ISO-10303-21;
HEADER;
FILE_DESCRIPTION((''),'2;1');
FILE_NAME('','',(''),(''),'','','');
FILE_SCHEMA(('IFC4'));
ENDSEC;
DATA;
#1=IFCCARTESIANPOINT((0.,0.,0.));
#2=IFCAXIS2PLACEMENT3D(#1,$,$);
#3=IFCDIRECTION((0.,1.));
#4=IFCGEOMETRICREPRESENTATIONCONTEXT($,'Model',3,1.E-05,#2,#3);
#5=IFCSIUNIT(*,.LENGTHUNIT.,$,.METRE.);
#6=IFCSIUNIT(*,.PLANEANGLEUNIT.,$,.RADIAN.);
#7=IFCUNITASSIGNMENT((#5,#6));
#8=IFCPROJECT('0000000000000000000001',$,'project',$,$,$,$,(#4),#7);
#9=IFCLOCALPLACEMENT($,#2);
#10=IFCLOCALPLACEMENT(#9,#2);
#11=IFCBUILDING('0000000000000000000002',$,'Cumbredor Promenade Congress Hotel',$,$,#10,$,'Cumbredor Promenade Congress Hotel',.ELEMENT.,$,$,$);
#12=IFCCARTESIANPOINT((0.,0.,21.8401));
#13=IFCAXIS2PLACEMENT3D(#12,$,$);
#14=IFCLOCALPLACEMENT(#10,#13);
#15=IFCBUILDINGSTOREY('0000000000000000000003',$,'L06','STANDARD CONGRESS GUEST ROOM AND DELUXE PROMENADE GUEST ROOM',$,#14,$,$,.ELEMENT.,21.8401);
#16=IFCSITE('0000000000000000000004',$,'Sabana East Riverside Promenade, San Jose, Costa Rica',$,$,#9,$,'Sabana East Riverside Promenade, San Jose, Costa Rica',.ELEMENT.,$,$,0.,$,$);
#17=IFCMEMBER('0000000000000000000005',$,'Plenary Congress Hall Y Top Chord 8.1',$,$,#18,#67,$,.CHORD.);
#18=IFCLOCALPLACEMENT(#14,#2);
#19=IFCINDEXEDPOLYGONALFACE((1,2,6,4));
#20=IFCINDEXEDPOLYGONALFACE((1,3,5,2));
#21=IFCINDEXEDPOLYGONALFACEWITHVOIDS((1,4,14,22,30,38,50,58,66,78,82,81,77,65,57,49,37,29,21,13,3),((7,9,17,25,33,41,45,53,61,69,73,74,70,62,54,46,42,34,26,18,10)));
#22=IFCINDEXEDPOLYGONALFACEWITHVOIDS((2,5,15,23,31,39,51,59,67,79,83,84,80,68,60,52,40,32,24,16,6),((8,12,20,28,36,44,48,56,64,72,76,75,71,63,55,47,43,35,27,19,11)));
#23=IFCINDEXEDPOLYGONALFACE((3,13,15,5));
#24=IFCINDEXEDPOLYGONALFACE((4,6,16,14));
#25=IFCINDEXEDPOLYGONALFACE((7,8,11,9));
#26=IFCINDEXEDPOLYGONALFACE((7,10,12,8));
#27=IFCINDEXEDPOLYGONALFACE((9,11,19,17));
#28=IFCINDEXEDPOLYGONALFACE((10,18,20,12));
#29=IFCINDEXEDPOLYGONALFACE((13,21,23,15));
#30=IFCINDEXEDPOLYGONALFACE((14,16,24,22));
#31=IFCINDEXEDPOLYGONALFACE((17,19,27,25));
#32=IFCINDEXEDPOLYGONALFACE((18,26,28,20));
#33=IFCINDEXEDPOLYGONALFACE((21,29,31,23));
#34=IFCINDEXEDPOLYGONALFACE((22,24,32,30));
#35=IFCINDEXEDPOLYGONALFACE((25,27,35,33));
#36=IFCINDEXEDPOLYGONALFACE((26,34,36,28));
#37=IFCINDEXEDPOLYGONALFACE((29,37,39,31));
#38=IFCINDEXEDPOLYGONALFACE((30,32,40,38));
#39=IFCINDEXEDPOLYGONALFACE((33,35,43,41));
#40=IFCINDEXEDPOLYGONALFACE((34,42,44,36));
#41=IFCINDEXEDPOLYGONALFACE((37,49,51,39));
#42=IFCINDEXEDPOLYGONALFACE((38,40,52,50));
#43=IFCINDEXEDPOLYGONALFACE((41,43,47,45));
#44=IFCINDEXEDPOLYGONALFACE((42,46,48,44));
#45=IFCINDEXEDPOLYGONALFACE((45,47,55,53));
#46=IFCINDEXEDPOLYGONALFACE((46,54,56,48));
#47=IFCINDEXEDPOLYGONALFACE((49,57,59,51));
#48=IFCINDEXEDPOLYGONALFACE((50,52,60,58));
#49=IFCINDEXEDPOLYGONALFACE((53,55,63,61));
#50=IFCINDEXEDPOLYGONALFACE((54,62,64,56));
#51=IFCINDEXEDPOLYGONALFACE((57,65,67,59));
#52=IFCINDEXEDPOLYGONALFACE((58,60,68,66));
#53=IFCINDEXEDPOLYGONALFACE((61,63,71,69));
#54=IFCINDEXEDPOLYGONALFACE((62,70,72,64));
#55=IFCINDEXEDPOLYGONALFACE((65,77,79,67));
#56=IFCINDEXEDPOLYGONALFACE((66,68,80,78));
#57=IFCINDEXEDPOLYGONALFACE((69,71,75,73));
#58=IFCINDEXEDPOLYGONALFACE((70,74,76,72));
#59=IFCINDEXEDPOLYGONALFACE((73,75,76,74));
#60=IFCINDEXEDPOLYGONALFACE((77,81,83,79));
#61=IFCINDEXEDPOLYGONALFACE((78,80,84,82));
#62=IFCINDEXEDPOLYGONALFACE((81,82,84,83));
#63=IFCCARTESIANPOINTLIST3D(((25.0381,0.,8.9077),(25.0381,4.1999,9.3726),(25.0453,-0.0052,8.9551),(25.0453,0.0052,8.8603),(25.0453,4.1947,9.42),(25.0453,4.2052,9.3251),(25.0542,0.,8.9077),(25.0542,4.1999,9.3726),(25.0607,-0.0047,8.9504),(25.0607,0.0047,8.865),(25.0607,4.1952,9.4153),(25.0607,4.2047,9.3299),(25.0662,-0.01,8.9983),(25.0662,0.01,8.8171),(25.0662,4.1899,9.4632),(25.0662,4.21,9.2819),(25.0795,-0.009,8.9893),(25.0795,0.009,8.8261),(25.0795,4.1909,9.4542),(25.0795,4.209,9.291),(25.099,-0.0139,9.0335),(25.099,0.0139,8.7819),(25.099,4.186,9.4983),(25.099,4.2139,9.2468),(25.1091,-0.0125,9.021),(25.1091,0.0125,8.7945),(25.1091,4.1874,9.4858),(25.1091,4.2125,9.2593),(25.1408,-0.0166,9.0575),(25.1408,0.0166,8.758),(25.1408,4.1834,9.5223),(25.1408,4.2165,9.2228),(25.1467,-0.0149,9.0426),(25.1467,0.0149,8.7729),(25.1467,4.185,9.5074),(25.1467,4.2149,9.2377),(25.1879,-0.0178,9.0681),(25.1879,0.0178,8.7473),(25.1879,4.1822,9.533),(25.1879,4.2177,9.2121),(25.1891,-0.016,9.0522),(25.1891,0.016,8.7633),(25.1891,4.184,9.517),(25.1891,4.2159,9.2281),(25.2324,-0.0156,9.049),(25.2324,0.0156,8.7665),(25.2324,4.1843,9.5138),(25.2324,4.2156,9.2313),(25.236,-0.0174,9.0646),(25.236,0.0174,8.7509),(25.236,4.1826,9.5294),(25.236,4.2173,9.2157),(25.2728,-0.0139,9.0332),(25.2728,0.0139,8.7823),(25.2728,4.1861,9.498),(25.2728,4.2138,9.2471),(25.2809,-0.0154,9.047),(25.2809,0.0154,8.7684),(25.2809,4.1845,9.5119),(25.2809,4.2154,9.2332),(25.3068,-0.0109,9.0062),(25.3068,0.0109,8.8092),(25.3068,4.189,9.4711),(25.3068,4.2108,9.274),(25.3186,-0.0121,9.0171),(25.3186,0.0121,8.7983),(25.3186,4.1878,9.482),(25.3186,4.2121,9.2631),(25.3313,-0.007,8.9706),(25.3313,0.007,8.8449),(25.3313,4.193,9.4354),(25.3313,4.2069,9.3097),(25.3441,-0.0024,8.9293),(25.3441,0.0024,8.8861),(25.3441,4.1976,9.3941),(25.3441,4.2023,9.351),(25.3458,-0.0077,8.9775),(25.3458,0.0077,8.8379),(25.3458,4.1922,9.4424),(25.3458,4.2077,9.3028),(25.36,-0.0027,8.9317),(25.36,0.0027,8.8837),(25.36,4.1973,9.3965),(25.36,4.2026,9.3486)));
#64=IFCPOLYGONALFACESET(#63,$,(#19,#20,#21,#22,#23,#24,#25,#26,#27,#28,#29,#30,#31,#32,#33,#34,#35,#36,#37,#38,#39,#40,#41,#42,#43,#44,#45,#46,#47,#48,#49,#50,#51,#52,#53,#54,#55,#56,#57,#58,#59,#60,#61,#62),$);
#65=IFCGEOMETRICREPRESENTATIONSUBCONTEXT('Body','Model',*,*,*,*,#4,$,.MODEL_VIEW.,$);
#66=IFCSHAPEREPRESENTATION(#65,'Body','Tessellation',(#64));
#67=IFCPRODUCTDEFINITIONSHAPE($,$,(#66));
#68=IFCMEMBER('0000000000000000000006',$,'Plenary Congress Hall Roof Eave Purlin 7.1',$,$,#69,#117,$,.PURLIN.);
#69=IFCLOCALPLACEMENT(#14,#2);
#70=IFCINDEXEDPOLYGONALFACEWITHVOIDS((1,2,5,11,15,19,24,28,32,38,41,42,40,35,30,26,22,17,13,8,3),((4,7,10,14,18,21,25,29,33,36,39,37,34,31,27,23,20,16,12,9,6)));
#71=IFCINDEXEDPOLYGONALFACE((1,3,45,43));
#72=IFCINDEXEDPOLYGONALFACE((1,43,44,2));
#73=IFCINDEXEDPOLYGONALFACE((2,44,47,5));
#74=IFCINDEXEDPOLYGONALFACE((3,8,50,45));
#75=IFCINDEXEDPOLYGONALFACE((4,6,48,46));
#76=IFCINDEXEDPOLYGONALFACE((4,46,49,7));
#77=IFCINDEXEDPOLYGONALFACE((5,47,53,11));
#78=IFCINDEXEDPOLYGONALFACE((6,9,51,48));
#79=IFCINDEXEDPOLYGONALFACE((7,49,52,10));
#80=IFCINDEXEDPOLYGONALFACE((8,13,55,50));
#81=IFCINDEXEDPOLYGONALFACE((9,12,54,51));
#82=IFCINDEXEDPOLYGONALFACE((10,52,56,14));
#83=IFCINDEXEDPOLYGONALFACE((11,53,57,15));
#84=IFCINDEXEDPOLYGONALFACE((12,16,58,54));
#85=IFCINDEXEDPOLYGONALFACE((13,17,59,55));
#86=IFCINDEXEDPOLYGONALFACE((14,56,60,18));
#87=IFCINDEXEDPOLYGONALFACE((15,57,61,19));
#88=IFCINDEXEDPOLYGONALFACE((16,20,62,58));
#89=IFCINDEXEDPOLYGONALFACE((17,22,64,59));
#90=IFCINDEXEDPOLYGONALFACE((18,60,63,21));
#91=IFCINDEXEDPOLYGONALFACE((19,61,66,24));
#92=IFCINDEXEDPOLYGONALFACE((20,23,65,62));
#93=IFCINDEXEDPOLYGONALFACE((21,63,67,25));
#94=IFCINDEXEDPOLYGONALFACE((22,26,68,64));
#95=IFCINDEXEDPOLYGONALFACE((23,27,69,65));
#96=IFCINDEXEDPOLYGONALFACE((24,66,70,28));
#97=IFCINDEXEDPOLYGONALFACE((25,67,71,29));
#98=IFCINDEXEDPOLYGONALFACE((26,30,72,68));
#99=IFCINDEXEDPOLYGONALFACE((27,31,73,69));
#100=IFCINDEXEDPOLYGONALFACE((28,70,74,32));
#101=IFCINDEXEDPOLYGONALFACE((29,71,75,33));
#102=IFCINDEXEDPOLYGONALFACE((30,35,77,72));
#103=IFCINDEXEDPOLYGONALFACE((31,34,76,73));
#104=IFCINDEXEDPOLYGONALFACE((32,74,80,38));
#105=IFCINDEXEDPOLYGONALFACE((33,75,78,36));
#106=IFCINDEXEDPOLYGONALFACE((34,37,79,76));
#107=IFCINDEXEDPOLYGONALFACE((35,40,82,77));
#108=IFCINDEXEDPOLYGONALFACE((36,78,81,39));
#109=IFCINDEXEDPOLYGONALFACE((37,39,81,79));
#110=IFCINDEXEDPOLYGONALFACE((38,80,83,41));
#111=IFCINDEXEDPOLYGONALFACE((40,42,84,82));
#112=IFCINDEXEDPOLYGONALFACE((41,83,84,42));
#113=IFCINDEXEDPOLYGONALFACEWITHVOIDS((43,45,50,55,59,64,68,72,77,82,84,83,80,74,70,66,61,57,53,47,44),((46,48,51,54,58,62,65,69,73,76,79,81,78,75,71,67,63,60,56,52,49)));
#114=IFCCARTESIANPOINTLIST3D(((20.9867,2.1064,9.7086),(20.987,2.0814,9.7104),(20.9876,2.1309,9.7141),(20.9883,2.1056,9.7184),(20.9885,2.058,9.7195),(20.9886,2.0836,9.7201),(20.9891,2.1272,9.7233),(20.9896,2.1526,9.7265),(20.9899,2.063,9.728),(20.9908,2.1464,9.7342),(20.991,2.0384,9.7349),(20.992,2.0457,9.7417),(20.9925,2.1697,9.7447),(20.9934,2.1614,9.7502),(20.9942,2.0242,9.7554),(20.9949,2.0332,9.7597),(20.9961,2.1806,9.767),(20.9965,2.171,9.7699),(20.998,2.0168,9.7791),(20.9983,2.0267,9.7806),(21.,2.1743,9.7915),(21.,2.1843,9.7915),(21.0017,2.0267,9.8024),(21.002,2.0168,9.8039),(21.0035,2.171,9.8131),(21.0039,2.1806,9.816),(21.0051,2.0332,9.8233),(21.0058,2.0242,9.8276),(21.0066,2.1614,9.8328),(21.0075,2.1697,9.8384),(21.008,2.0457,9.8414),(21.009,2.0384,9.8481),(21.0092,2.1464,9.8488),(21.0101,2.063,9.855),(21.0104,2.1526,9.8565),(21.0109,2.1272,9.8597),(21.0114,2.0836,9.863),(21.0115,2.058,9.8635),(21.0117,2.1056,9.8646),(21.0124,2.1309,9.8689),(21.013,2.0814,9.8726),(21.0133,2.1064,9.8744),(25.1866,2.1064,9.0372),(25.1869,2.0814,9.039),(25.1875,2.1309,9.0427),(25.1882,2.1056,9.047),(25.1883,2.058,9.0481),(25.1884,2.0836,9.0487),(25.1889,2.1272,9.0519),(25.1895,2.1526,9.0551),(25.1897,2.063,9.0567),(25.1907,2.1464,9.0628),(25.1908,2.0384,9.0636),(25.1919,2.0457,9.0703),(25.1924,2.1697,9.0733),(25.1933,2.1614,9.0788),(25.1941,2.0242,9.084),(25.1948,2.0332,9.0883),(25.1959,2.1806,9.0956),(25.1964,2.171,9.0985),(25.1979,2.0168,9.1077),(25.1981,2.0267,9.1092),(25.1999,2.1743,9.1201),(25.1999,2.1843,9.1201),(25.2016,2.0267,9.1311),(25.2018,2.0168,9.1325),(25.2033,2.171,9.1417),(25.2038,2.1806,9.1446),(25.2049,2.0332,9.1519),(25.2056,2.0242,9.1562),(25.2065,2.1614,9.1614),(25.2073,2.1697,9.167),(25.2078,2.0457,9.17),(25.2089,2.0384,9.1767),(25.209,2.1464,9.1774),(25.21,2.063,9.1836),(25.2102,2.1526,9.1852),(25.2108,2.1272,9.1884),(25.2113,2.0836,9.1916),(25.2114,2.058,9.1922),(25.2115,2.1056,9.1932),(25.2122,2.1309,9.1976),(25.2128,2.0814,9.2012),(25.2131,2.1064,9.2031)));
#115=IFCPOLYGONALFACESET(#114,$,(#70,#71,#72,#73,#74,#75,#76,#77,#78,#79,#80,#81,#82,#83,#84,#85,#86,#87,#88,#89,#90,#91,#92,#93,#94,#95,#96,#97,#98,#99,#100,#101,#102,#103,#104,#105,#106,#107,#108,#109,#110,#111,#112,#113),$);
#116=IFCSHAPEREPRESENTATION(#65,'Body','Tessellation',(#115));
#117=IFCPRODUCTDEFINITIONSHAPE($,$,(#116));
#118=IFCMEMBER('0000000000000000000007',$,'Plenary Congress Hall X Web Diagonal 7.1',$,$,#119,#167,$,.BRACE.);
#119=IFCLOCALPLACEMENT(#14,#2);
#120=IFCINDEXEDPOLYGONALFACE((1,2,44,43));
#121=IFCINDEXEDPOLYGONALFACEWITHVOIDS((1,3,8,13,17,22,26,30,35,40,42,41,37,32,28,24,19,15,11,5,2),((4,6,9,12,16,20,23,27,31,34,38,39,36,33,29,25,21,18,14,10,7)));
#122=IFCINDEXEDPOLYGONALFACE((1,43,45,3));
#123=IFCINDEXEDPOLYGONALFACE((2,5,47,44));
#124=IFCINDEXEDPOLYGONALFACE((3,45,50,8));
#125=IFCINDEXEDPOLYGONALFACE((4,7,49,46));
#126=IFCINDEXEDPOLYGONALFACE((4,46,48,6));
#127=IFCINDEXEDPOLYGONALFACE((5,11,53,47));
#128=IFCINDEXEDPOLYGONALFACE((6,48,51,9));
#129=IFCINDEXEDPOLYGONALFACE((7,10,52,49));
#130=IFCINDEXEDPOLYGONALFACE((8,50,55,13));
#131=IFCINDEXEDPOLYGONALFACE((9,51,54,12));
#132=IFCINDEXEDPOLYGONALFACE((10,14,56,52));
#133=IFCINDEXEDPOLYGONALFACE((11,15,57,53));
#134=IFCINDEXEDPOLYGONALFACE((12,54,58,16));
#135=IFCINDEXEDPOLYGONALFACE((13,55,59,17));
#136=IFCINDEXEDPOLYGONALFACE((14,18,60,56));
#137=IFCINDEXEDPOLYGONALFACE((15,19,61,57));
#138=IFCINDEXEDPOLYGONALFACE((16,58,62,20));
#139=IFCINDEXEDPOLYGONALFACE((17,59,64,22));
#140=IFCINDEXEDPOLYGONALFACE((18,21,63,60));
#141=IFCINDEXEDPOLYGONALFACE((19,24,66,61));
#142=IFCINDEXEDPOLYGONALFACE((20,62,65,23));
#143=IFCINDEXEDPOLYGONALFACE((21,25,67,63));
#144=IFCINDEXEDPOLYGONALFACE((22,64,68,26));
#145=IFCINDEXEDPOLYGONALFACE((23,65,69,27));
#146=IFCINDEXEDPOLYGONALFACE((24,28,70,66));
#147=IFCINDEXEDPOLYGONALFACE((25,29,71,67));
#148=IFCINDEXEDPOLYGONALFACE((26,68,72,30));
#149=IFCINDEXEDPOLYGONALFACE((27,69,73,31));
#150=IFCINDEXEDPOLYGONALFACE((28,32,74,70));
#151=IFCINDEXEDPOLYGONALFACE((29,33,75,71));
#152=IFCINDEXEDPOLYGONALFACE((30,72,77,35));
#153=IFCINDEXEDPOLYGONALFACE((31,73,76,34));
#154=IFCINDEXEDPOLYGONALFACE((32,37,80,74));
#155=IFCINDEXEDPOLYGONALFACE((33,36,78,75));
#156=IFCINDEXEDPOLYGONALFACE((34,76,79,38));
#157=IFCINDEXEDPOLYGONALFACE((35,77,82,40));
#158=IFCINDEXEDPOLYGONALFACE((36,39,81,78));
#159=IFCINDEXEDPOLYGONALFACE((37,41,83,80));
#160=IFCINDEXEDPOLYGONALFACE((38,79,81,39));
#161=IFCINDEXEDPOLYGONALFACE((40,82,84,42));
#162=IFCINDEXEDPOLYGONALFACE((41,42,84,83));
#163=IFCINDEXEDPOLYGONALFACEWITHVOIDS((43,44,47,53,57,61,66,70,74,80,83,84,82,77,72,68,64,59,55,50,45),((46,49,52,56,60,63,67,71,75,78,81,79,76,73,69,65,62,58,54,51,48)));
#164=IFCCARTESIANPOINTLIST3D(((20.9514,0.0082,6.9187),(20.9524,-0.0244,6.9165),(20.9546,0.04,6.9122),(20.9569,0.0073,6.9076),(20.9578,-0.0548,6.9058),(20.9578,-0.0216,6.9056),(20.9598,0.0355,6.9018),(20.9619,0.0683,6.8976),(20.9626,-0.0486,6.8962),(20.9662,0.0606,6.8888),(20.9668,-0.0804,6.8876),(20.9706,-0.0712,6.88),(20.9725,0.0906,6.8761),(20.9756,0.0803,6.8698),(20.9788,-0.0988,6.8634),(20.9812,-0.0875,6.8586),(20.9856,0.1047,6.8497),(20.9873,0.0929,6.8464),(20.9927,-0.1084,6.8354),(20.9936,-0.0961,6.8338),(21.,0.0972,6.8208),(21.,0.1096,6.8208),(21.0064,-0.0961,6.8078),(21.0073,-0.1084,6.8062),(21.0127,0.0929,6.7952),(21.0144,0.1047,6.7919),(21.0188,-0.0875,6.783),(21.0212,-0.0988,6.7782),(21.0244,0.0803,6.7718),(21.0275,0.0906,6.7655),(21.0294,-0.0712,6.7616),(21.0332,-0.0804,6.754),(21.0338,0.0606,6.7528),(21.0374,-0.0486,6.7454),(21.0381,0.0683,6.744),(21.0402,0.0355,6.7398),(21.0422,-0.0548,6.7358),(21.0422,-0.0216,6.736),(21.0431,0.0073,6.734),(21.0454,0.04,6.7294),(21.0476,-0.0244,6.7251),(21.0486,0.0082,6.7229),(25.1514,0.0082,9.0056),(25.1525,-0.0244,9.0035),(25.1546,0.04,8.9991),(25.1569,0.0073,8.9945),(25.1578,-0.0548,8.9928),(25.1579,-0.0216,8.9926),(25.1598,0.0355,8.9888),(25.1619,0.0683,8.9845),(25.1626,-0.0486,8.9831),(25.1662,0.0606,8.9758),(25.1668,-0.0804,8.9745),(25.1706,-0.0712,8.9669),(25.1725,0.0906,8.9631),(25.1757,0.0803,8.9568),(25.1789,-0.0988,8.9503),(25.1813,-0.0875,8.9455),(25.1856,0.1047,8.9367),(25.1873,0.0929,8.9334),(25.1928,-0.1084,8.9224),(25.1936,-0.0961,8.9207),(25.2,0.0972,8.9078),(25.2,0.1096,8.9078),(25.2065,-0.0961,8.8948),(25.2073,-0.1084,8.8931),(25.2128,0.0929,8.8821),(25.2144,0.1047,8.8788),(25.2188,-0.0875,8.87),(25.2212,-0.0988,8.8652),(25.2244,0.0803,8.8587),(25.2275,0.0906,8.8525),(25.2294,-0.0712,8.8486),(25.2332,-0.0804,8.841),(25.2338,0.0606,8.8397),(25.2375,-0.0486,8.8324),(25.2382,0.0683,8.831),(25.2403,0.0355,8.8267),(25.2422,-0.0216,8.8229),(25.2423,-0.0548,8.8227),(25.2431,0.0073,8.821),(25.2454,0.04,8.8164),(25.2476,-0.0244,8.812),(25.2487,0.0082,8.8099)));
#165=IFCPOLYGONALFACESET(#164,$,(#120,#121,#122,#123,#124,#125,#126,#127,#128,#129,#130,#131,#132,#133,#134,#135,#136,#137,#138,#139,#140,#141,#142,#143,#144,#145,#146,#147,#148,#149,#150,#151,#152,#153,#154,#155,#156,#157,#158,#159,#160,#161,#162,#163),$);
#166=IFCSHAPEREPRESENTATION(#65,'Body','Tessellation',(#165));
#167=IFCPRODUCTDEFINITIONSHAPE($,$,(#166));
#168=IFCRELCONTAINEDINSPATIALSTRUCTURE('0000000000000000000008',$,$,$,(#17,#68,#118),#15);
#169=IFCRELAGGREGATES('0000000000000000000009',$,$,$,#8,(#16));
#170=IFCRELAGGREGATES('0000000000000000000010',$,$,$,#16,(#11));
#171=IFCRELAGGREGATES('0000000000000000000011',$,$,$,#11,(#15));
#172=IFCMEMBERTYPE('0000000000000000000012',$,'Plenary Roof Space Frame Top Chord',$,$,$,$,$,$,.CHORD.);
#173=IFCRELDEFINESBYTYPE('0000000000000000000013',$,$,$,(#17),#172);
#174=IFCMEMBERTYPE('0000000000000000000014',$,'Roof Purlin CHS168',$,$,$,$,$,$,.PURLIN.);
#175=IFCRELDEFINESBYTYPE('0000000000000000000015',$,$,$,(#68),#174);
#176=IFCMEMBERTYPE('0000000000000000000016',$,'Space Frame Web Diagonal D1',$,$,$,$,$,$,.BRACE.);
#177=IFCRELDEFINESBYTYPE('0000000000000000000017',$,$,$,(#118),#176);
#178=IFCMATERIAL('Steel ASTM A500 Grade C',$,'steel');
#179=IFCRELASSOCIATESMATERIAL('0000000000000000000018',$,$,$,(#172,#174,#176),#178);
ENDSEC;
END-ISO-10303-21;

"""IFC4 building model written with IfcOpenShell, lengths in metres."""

from ifc_helpers import new_model, si_unit, direction, frame, origin, origin_2d, place, context, subcontext, project, spatial, hollow_circle, extrude, material, material_profile, profile_set, type_object, element, save


model = new_model("IFC4")

# Units and contexts
model_context = context("Model", 3, precision=1e-05, world=origin(), true_north=direction((0.0, 1.0)))
body_context = subcontext(model_context, "Body", "Model", "MODEL_VIEW")
ifc_project = project(units=[si_unit("LENGTHUNIT", "METRE"), si_unit("PLANEANGLEUNIT", "RADIAN")], contexts=[model_context])

# Site, building, storey
site_placement = place(None, origin())
site = spatial("IfcSite", under=ifc_project, at=site_placement, Name="Sabana East Riverside Promenade, San Jose, Costa Rica", LongName="Sabana East Riverside Promenade, San Jose, Costa Rica", CompositionType="ELEMENT", RefElevation=0.0)
building_placement = place(site_placement, origin())
building = spatial("IfcBuilding", under=site, at=building_placement, Name="Cumbredor Promenade Congress Hotel", LongName="Cumbredor Promenade Congress Hotel", CompositionType="ELEMENT")
storey_placement = place(building_placement, frame((0.0, 0.0, 21.8401)))
storey = spatial("IfcBuildingStorey", under=building, at=storey_placement, Name="L06", Description="STANDARD CONGRESS GUEST ROOM AND DELUXE PROMENADE GUEST ROOM", CompositionType="ELEMENT", Elevation=21.8401)

# Members
ifc_material_1 = material(Name="Steel ASTM A500 Grade C", Category="steel")
ifc_material_profile_1 = material_profile(ifc_material_1, hollow_circle(Radius=0.1619, WallThickness=0.0161, at=origin_2d()), Name="CHS 323.9x16")
ifc_profile_set_1 = profile_set([ifc_material_profile_1], Name="Steel ASTM A500 Grade C")
member_type_1 = type_object("IfcMemberType", Name="Plenary Roof Space Frame Top Chord", PredefinedType="CHORD", material=ifc_profile_set_1)
member_1_placement = place(storey_placement, frame((25.2, 0.0, 8.9077), z_axis=(0.0, 0.993931, 0.110007), x_axis=(-1.0, 0.0, 0.0)))
element("IfcMember", 1, at=member_1_placement, inside=storey, type_object=member_type_1, Name="Plenary Congress Hall Y Top Chord 8.1", PredefinedType="CHORD", context=body_context, shape_type="SweptSolid", body=[
    extrude(hollow_circle(Radius=0.1619, WallThickness=0.0161, at=origin_2d()), origin(), (0.0, 0.0, 1.0), 4.2256),
])
ifc_material_profile_2 = material_profile(ifc_material_1, hollow_circle(Radius=0.0842, WallThickness=0.01, at=origin_2d()), Name="CHS 168.3x10")
ifc_profile_set_2 = profile_set([ifc_material_profile_2], Name="Steel ASTM A500 Grade C")
member_type_2 = type_object("IfcMemberType", Name="Roof Purlin CHS168", PredefinedType="PURLIN", material=ifc_profile_set_2)
member_2_placement = place(storey_placement, frame((21.0, 2.1001, 9.7915), z_axis=(0.987463, 0.0, -0.157852), x_axis=(0.0, 1.0, 0.0)))
element("IfcMember", 2, at=member_2_placement, inside=storey, type_object=member_type_2, Name="Plenary Congress Hall Roof Eave Purlin 7.1", PredefinedType="PURLIN", context=body_context, shape_type="SweptSolid", body=[
    extrude(hollow_circle(Radius=0.0842, WallThickness=0.01, at=origin_2d()), origin(), (0.0, 0.0, 1.0), 4.2532),
])
ifc_material_profile_3 = material_profile(ifc_material_1, hollow_circle(Radius=0.1096, WallThickness=0.0125, at=origin_2d()), Name="CHS 219.1x12.5")
ifc_profile_set_3 = profile_set([ifc_material_profile_3], Name="Steel ASTM A500 Grade C")
member_type_3 = type_object("IfcMemberType", Name="Space Frame Web Diagonal D1", PredefinedType="BRACE", material=ifc_profile_set_3)
member_3_placement = place(storey_placement, frame((21.0, 0.0, 6.8208), z_axis=(0.895538, 0.0, 0.444984), x_axis=(0.0, 1.0, 0.0)))
element("IfcMember", 3, at=member_3_placement, inside=storey, type_object=member_type_3, Name="Plenary Congress Hall X Web Diagonal 7.1", PredefinedType="BRACE", context=body_context, shape_type="SweptSolid", body=[
    extrude(hollow_circle(Radius=0.1096, WallThickness=0.0125, at=origin_2d()), origin(), (0.0, 0.0, 1.0), 4.6899),
])

save(model, "model.ifc")
